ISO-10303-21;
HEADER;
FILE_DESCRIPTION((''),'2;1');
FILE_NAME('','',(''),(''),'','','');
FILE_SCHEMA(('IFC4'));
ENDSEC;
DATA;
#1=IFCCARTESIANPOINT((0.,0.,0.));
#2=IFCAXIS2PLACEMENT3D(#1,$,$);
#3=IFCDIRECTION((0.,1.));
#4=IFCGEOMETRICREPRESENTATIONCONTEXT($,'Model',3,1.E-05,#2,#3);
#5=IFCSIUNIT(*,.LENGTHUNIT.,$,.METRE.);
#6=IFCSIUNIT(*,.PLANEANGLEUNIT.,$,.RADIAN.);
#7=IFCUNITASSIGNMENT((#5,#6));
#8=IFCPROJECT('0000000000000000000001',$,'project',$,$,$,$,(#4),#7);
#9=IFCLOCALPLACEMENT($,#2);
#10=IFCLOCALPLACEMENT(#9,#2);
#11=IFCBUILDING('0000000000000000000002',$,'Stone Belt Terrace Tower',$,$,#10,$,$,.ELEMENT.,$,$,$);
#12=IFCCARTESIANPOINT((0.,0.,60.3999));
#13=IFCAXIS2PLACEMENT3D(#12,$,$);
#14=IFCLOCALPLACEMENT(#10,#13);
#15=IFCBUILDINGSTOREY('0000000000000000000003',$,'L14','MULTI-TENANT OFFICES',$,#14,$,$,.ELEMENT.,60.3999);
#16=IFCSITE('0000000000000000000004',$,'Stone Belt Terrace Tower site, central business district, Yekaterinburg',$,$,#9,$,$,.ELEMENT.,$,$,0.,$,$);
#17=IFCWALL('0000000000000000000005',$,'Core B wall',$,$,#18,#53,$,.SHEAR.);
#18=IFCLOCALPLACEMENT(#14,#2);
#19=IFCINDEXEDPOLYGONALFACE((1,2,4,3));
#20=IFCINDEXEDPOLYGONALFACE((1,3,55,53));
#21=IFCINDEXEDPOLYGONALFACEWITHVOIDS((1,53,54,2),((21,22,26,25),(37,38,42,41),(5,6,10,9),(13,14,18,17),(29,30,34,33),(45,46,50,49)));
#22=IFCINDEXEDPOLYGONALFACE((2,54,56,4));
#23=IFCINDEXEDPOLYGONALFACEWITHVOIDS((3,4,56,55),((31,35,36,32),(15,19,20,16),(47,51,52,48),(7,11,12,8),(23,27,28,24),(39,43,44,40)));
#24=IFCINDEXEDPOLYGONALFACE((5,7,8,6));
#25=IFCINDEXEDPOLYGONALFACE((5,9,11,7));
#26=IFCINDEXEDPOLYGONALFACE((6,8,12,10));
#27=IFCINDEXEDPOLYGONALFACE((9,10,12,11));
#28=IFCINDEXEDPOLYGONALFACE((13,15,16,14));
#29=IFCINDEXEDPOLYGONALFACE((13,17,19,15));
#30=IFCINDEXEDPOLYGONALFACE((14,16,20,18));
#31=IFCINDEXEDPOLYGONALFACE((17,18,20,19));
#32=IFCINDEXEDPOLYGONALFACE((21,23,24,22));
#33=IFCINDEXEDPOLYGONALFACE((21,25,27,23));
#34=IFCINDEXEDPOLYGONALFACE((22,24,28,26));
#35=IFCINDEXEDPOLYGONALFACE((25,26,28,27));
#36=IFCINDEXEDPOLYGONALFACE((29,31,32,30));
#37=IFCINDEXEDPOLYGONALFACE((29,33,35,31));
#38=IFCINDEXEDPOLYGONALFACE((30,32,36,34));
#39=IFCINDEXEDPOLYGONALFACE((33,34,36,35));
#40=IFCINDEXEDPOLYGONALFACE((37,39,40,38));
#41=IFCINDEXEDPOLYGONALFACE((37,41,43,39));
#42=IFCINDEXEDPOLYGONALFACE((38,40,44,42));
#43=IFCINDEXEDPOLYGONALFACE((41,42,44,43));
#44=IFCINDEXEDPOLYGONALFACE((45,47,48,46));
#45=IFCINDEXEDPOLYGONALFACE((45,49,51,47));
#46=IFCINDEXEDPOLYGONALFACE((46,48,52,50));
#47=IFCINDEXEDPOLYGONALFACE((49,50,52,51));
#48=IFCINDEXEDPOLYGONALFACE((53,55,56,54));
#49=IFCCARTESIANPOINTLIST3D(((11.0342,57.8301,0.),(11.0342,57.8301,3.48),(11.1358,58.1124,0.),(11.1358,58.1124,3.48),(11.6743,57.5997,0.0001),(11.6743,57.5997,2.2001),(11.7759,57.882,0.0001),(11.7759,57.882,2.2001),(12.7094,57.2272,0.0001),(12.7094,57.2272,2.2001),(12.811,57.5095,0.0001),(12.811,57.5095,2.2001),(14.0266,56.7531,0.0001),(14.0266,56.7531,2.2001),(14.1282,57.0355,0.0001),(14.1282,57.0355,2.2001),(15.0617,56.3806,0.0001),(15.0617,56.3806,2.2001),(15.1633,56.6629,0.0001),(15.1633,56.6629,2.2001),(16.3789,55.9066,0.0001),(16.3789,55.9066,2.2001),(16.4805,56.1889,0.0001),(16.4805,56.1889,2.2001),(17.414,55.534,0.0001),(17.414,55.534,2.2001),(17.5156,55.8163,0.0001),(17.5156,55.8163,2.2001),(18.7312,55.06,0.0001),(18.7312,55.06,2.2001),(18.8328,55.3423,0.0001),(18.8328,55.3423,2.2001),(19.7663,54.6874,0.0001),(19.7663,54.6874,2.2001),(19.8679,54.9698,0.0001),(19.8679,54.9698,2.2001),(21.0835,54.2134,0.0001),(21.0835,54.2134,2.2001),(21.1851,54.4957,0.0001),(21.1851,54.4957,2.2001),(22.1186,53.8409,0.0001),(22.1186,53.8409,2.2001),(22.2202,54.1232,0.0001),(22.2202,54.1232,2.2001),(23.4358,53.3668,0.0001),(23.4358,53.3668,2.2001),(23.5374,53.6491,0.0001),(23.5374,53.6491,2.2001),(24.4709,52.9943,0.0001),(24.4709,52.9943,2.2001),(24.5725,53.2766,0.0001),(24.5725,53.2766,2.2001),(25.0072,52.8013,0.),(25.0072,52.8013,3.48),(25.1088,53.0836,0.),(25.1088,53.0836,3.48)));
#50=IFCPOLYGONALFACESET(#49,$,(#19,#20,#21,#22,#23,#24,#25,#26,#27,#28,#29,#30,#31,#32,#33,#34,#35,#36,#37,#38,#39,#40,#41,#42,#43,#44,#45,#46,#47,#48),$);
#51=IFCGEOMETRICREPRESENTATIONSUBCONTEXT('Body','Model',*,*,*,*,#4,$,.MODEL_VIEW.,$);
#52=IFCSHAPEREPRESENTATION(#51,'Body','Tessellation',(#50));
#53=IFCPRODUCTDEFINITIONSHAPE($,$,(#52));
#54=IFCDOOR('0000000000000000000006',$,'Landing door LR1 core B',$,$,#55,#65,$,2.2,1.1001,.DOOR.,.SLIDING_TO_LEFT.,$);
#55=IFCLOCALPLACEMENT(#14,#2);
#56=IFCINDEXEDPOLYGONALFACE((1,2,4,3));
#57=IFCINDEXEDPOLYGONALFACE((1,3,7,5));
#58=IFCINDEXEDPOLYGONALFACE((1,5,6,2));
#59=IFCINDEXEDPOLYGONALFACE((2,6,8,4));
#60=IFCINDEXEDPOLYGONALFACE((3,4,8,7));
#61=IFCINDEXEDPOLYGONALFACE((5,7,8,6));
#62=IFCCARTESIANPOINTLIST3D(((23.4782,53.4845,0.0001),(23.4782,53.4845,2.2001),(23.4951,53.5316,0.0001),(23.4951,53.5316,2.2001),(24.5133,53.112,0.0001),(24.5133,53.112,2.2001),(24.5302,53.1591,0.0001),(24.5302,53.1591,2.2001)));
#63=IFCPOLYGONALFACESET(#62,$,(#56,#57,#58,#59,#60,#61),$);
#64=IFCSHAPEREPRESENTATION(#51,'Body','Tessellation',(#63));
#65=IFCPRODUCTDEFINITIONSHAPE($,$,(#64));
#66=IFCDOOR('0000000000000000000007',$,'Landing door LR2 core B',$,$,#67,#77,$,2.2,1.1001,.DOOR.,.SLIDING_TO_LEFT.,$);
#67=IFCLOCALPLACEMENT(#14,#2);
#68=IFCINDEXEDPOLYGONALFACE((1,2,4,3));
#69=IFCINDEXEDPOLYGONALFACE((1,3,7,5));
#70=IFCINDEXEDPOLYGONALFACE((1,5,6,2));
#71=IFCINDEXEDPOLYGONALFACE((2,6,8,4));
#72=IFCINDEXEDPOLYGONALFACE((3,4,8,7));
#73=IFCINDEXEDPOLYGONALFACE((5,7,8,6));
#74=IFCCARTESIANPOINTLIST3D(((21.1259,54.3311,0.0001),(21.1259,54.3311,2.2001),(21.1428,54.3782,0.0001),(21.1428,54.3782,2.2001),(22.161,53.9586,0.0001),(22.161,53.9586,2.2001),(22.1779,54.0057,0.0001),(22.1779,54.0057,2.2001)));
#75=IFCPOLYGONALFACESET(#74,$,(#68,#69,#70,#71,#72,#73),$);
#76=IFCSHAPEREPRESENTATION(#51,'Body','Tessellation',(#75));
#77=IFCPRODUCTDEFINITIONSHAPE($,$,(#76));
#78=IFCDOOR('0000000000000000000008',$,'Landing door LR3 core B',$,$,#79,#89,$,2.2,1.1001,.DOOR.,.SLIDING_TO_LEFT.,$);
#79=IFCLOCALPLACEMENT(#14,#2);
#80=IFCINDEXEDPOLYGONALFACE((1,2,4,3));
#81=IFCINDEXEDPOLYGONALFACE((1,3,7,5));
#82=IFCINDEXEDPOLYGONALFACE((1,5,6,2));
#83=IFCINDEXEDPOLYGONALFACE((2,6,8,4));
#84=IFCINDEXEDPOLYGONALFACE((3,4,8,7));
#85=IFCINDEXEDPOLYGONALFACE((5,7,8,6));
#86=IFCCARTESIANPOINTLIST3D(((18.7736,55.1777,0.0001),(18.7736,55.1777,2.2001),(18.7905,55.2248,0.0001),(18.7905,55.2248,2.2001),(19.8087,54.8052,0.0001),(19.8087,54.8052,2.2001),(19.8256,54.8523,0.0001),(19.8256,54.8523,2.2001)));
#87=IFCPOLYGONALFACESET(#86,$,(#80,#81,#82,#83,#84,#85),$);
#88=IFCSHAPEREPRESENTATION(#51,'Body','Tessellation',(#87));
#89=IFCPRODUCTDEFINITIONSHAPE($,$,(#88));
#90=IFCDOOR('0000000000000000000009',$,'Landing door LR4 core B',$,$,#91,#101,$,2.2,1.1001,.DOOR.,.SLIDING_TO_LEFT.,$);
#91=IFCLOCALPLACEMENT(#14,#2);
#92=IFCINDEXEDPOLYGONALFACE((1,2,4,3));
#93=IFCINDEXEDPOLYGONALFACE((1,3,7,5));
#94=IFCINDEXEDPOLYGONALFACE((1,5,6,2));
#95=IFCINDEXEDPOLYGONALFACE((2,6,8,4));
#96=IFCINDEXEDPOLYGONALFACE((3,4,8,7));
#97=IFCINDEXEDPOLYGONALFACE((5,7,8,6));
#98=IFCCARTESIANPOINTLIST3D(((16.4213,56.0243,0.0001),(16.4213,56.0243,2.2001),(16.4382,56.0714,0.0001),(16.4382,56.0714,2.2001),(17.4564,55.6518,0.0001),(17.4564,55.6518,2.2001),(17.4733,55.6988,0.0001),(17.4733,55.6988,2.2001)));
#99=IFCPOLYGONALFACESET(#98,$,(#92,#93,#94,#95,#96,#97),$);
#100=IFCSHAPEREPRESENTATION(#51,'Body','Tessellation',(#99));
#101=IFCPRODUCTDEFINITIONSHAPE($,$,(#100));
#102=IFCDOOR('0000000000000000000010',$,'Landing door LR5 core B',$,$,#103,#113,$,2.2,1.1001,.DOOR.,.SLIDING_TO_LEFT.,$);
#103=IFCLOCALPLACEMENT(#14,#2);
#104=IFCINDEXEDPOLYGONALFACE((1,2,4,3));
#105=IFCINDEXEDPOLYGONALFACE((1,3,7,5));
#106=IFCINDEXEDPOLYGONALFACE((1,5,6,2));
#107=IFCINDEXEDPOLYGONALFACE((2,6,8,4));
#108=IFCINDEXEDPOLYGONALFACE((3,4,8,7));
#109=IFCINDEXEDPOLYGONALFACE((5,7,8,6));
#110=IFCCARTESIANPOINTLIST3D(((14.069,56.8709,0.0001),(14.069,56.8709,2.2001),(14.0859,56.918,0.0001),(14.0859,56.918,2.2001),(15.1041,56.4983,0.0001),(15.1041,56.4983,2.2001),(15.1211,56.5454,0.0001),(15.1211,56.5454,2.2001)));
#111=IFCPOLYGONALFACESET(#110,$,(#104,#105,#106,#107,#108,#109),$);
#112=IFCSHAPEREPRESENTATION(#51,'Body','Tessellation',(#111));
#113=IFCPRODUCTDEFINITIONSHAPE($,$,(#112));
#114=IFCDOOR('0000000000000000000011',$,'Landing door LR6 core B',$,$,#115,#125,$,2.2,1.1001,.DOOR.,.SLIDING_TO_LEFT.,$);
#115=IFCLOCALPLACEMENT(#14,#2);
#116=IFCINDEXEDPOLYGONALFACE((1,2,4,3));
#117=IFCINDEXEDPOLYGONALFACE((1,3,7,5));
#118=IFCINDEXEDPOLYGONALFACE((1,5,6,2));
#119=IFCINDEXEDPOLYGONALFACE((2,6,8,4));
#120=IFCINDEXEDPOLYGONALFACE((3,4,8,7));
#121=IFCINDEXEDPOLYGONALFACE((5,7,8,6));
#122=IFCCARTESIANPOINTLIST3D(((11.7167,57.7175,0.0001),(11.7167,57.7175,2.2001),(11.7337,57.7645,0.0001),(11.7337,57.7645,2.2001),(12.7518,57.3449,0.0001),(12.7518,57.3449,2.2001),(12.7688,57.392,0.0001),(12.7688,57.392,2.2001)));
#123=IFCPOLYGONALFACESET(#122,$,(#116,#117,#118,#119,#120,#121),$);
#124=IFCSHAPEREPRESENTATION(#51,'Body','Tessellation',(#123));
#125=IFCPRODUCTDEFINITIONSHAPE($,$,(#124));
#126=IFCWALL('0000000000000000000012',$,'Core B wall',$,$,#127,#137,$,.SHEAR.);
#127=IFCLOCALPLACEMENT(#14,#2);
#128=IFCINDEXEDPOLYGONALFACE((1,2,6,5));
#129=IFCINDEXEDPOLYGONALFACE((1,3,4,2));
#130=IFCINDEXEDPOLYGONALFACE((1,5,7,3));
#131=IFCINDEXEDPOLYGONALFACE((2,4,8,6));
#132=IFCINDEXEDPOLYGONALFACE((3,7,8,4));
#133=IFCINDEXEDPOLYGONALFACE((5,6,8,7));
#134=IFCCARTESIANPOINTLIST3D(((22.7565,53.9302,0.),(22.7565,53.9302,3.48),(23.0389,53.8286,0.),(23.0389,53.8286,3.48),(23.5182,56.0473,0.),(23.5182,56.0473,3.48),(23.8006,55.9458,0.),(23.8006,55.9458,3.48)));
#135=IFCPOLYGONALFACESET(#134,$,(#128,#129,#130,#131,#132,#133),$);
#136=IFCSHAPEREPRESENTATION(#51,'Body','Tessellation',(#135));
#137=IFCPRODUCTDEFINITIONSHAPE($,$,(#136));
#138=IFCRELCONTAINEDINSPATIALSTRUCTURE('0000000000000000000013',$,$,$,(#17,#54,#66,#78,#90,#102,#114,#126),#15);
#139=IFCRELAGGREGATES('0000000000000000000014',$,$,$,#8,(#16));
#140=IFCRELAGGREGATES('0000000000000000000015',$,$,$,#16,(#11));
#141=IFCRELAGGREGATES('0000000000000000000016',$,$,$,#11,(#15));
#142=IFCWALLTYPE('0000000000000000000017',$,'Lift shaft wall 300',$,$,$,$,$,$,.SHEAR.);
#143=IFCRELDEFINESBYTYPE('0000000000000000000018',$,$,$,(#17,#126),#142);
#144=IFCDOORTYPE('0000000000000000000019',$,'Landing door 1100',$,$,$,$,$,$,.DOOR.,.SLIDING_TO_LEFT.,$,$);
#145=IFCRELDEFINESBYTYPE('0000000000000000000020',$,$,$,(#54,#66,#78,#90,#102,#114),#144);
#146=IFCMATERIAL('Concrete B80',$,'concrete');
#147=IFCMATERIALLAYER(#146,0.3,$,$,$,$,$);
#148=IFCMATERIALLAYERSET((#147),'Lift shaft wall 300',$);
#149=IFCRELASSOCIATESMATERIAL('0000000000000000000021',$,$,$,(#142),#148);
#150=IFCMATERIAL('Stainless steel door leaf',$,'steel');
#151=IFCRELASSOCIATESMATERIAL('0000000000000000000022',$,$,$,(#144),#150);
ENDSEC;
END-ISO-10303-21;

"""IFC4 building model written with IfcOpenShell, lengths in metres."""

from ifc_helpers import new_model, si_unit, direction, frame, frame_2d, origin, place, context, subcontext, project, spatial, rectangle, extrude, material, layer, layer_set, type_object, element, fill, save


model = new_model("IFC4")

# Units and contexts
model_context = context("Model", 3, precision=1e-05, world=origin(), true_north=direction((0.0, 1.0)))
body_context = subcontext(model_context, "Body", "Model", "MODEL_VIEW")
ifc_project = project(units=[si_unit("LENGTHUNIT", "METRE"), si_unit("PLANEANGLEUNIT", "RADIAN")], contexts=[model_context])

# Site, building, storey
site_placement = place(None, origin())
site = spatial("IfcSite", under=ifc_project, at=site_placement, Name="Stone Belt Terrace Tower site, central business district, Yekaterinburg", CompositionType="ELEMENT", RefElevation=0.0)
building_placement = place(site_placement, origin())
building = spatial("IfcBuilding", under=site, at=building_placement, Name="Stone Belt Terrace Tower", CompositionType="ELEMENT")
storey_placement = place(building_placement, frame((0.0, 0.0, 60.3999)))
storey = spatial("IfcBuildingStorey", under=building, at=storey_placement, Name="L14", Description="MULTI-TENANT OFFICES", CompositionType="ELEMENT", Elevation=60.3999)

# Shared definitions
ifc_material_1 = material(Name="Concrete B80", Category="concrete")

# Shared definitions
ifc_layer_1 = layer(ifc_material_1, 0.3)
ifc_layer_set_1 = layer_set([ifc_layer_1], Name="Lift shaft wall 300")
wall_type_1 = type_object("IfcWallType", Name="Lift shaft wall 300", PredefinedType="SHEAR", material=ifc_layer_set_1)
ifc_material_2 = material(Name="Stainless steel door leaf", Category="steel")

# Wall, openings, doors
wall_1_placement = place(storey_placement, frame((25.0581, 52.9424, 0.0), z_axis=(0.0, 0.0, 1.0), x_axis=(-0.940918, 0.338634, 0.0)))
wall_1 = element("IfcWall", 1, at=wall_1_placement, inside=storey, type_object=wall_type_1, Name="Core B wall", PredefinedType="SHEAR", context=body_context, shape_type="SweptSolid", body=[
    extrude(rectangle(XDim=14.8503, YDim=0.3, at=frame_2d((7.4253, 0.0))), origin(), (0.0, 0.0, 1.0), 3.48),
])
opening_1_placement = place(wall_1_placement, frame((0.5701, 0.0, 0.0)))
opening_1 = element("IfcOpeningElement", 2, at=opening_1_placement, cuts=wall_1, PredefinedType="OPENING", context=body_context, shape_type="SweptSolid", body=[
    extrude(rectangle(XDim=1.1001, YDim=2.2, at=frame_2d((0.55, 1.1001))), frame((0.0, 0.1599, 0.0), z_axis=(0.0, -1.0, 0.0), x_axis=(1.0, 0.0, 0.0)), (0.0, 0.0, 1.0), 0.3201),
])
opening_2_placement = place(wall_1_placement, frame((3.0701, 0.0, 0.0)))
opening_2 = element("IfcOpeningElement", 3, at=opening_2_placement, cuts=wall_1, PredefinedType="OPENING", context=body_context, shape_type="SweptSolid", body=[
    extrude(rectangle(XDim=1.1001, YDim=2.2, at=frame_2d((0.55, 1.1001))), frame((0.0, 0.1599, 0.0), z_axis=(0.0, -1.0, 0.0), x_axis=(1.0, 0.0, 0.0)), (0.0, 0.0, 1.0), 0.3201),
])
opening_3_placement = place(wall_1_placement, frame((5.5701, 0.0, 0.0)))
opening_3 = element("IfcOpeningElement", 4, at=opening_3_placement, cuts=wall_1, PredefinedType="OPENING", context=body_context, shape_type="SweptSolid", body=[
    extrude(rectangle(XDim=1.1001, YDim=2.2, at=frame_2d((0.55, 1.1001))), frame((0.0, 0.1599, 0.0), z_axis=(0.0, -1.0, 0.0), x_axis=(1.0, 0.0, 0.0)), (0.0, 0.0, 1.0), 0.3201),
])
opening_4_placement = place(wall_1_placement, frame((8.0701, 0.0, 0.0)))
opening_4 = element("IfcOpeningElement", 5, at=opening_4_placement, cuts=wall_1, PredefinedType="OPENING", context=body_context, shape_type="SweptSolid", body=[
    extrude(rectangle(XDim=1.1001, YDim=2.2, at=frame_2d((0.55, 1.1001))), frame((0.0, 0.1599, 0.0), z_axis=(0.0, -1.0, 0.0), x_axis=(1.0, 0.0, 0.0)), (0.0, 0.0, 1.0), 0.3201),
])
opening_5_placement = place(wall_1_placement, frame((10.5701, 0.0, 0.0)))
opening_5 = element("IfcOpeningElement", 6, at=opening_5_placement, cuts=wall_1, PredefinedType="OPENING", context=body_context, shape_type="SweptSolid", body=[
    extrude(rectangle(XDim=1.1001, YDim=2.2, at=frame_2d((0.55, 1.1001))), frame((0.0, 0.1599, 0.0), z_axis=(0.0, -1.0, 0.0), x_axis=(1.0, 0.0, 0.0)), (0.0, 0.0, 1.0), 0.3201),
])
opening_6_placement = place(wall_1_placement, frame((13.0701, 0.0, 0.0)))
opening_6 = element("IfcOpeningElement", 7, at=opening_6_placement, cuts=wall_1, PredefinedType="OPENING", context=body_context, shape_type="SweptSolid", body=[
    extrude(rectangle(XDim=1.1001, YDim=2.2, at=frame_2d((0.55, 1.1001))), frame((0.0, 0.1599, 0.0), z_axis=(0.0, -1.0, 0.0), x_axis=(1.0, 0.0, 0.0)), (0.0, 0.0, 1.0), 0.3201),
])
door_type_1 = type_object("IfcDoorType", Name="Landing door 1100", OperationType="SLIDING_TO_LEFT", PredefinedType="DOOR", material=ifc_material_2)
door_1_placement = place(opening_1_placement, origin())
door_1 = element("IfcDoor", 8, at=door_1_placement, inside=storey, type_object=door_type_1, Name="Landing door LR1 core B", OperationType="SLIDING_TO_LEFT", OverallHeight=2.2, OverallWidth=1.1001, PredefinedType="DOOR", context=body_context, shape_type="SweptSolid", body=[
    extrude(rectangle(XDim=1.1001, YDim=2.2, at=frame_2d((0.55, 1.1001))), frame((0.0, 0.0249, 0.0), z_axis=(0.0, -1.0, 0.0), x_axis=(1.0, 0.0, 0.0)), (0.0, 0.0, 1.0), 0.05),
])
fill(opening_1, door_1)
door_2_placement = place(opening_2_placement, origin())
door_2 = element("IfcDoor", 9, at=door_2_placement, inside=storey, type_object=door_type_1, Name="Landing door LR2 core B", OperationType="SLIDING_TO_LEFT", OverallHeight=2.2, OverallWidth=1.1001, PredefinedType="DOOR", context=body_context, shape_type="SweptSolid", body=[
    extrude(rectangle(XDim=1.1001, YDim=2.2, at=frame_2d((0.55, 1.1001))), frame((0.0, 0.0249, 0.0), z_axis=(0.0, -1.0, 0.0), x_axis=(1.0, 0.0, 0.0)), (0.0, 0.0, 1.0), 0.05),
])
fill(opening_2, door_2)
door_3_placement = place(opening_3_placement, origin())
door_3 = element("IfcDoor", 10, at=door_3_placement, inside=storey, type_object=door_type_1, Name="Landing door LR3 core B", OperationType="SLIDING_TO_LEFT", OverallHeight=2.2, OverallWidth=1.1001, PredefinedType="DOOR", context=body_context, shape_type="SweptSolid", body=[
    extrude(rectangle(XDim=1.1001, YDim=2.2, at=frame_2d((0.55, 1.1001))), frame((0.0, 0.0249, 0.0), z_axis=(0.0, -1.0, 0.0), x_axis=(1.0, 0.0, 0.0)), (0.0, 0.0, 1.0), 0.05),
])
fill(opening_3, door_3)
door_4_placement = place(opening_4_placement, origin())
door_4 = element("IfcDoor", 11, at=door_4_placement, inside=storey, type_object=door_type_1, Name="Landing door LR4 core B", OperationType="SLIDING_TO_LEFT", OverallHeight=2.2, OverallWidth=1.1001, PredefinedType="DOOR", context=body_context, shape_type="SweptSolid", body=[
    extrude(rectangle(XDim=1.1001, YDim=2.2, at=frame_2d((0.55, 1.1001))), frame((0.0, 0.0249, 0.0), z_axis=(0.0, -1.0, 0.0), x_axis=(1.0, 0.0, 0.0)), (0.0, 0.0, 1.0), 0.05),
])
fill(opening_4, door_4)
door_5_placement = place(opening_5_placement, origin())
door_5 = element("IfcDoor", 12, at=door_5_placement, inside=storey, type_object=door_type_1, Name="Landing door LR5 core B", OperationType="SLIDING_TO_LEFT", OverallHeight=2.2, OverallWidth=1.1001, PredefinedType="DOOR", context=body_context, shape_type="SweptSolid", body=[
    extrude(rectangle(XDim=1.1001, YDim=2.2, at=frame_2d((0.55, 1.1001))), frame((0.0, 0.0249, 0.0), z_axis=(0.0, -1.0, 0.0), x_axis=(1.0, 0.0, 0.0)), (0.0, 0.0, 1.0), 0.05),
])
fill(opening_5, door_5)
door_6_placement = place(opening_6_placement, origin())
door_6 = element("IfcDoor", 13, at=door_6_placement, inside=storey, type_object=door_type_1, Name="Landing door LR6 core B", OperationType="SLIDING_TO_LEFT", OverallHeight=2.2, OverallWidth=1.1001, PredefinedType="DOOR", context=body_context, shape_type="SweptSolid", body=[
    extrude(rectangle(XDim=1.1001, YDim=2.2, at=frame_2d((0.55, 1.1001))), frame((0.0, 0.0249, 0.0), z_axis=(0.0, -1.0, 0.0), x_axis=(1.0, 0.0, 0.0)), (0.0, 0.0, 1.0), 0.05),
])
fill(opening_6, door_6)

# Wall
wall_2_placement = place(storey_placement, frame((22.8977, 53.8794, 0.0), z_axis=(0.0, 0.0, 1.0), x_axis=(0.338535, 0.940954, 0.0)))
element("IfcWall", 14, at=wall_2_placement, inside=storey, type_object=wall_type_1, Name="Core B wall", PredefinedType="SHEAR", context=body_context, shape_type="SweptSolid", body=[
    extrude(rectangle(XDim=2.25, YDim=0.3, at=frame_2d((1.125, 0.0))), origin(), (0.0, 0.0, 1.0), 3.48),
])

save(model, "model.ifc")
